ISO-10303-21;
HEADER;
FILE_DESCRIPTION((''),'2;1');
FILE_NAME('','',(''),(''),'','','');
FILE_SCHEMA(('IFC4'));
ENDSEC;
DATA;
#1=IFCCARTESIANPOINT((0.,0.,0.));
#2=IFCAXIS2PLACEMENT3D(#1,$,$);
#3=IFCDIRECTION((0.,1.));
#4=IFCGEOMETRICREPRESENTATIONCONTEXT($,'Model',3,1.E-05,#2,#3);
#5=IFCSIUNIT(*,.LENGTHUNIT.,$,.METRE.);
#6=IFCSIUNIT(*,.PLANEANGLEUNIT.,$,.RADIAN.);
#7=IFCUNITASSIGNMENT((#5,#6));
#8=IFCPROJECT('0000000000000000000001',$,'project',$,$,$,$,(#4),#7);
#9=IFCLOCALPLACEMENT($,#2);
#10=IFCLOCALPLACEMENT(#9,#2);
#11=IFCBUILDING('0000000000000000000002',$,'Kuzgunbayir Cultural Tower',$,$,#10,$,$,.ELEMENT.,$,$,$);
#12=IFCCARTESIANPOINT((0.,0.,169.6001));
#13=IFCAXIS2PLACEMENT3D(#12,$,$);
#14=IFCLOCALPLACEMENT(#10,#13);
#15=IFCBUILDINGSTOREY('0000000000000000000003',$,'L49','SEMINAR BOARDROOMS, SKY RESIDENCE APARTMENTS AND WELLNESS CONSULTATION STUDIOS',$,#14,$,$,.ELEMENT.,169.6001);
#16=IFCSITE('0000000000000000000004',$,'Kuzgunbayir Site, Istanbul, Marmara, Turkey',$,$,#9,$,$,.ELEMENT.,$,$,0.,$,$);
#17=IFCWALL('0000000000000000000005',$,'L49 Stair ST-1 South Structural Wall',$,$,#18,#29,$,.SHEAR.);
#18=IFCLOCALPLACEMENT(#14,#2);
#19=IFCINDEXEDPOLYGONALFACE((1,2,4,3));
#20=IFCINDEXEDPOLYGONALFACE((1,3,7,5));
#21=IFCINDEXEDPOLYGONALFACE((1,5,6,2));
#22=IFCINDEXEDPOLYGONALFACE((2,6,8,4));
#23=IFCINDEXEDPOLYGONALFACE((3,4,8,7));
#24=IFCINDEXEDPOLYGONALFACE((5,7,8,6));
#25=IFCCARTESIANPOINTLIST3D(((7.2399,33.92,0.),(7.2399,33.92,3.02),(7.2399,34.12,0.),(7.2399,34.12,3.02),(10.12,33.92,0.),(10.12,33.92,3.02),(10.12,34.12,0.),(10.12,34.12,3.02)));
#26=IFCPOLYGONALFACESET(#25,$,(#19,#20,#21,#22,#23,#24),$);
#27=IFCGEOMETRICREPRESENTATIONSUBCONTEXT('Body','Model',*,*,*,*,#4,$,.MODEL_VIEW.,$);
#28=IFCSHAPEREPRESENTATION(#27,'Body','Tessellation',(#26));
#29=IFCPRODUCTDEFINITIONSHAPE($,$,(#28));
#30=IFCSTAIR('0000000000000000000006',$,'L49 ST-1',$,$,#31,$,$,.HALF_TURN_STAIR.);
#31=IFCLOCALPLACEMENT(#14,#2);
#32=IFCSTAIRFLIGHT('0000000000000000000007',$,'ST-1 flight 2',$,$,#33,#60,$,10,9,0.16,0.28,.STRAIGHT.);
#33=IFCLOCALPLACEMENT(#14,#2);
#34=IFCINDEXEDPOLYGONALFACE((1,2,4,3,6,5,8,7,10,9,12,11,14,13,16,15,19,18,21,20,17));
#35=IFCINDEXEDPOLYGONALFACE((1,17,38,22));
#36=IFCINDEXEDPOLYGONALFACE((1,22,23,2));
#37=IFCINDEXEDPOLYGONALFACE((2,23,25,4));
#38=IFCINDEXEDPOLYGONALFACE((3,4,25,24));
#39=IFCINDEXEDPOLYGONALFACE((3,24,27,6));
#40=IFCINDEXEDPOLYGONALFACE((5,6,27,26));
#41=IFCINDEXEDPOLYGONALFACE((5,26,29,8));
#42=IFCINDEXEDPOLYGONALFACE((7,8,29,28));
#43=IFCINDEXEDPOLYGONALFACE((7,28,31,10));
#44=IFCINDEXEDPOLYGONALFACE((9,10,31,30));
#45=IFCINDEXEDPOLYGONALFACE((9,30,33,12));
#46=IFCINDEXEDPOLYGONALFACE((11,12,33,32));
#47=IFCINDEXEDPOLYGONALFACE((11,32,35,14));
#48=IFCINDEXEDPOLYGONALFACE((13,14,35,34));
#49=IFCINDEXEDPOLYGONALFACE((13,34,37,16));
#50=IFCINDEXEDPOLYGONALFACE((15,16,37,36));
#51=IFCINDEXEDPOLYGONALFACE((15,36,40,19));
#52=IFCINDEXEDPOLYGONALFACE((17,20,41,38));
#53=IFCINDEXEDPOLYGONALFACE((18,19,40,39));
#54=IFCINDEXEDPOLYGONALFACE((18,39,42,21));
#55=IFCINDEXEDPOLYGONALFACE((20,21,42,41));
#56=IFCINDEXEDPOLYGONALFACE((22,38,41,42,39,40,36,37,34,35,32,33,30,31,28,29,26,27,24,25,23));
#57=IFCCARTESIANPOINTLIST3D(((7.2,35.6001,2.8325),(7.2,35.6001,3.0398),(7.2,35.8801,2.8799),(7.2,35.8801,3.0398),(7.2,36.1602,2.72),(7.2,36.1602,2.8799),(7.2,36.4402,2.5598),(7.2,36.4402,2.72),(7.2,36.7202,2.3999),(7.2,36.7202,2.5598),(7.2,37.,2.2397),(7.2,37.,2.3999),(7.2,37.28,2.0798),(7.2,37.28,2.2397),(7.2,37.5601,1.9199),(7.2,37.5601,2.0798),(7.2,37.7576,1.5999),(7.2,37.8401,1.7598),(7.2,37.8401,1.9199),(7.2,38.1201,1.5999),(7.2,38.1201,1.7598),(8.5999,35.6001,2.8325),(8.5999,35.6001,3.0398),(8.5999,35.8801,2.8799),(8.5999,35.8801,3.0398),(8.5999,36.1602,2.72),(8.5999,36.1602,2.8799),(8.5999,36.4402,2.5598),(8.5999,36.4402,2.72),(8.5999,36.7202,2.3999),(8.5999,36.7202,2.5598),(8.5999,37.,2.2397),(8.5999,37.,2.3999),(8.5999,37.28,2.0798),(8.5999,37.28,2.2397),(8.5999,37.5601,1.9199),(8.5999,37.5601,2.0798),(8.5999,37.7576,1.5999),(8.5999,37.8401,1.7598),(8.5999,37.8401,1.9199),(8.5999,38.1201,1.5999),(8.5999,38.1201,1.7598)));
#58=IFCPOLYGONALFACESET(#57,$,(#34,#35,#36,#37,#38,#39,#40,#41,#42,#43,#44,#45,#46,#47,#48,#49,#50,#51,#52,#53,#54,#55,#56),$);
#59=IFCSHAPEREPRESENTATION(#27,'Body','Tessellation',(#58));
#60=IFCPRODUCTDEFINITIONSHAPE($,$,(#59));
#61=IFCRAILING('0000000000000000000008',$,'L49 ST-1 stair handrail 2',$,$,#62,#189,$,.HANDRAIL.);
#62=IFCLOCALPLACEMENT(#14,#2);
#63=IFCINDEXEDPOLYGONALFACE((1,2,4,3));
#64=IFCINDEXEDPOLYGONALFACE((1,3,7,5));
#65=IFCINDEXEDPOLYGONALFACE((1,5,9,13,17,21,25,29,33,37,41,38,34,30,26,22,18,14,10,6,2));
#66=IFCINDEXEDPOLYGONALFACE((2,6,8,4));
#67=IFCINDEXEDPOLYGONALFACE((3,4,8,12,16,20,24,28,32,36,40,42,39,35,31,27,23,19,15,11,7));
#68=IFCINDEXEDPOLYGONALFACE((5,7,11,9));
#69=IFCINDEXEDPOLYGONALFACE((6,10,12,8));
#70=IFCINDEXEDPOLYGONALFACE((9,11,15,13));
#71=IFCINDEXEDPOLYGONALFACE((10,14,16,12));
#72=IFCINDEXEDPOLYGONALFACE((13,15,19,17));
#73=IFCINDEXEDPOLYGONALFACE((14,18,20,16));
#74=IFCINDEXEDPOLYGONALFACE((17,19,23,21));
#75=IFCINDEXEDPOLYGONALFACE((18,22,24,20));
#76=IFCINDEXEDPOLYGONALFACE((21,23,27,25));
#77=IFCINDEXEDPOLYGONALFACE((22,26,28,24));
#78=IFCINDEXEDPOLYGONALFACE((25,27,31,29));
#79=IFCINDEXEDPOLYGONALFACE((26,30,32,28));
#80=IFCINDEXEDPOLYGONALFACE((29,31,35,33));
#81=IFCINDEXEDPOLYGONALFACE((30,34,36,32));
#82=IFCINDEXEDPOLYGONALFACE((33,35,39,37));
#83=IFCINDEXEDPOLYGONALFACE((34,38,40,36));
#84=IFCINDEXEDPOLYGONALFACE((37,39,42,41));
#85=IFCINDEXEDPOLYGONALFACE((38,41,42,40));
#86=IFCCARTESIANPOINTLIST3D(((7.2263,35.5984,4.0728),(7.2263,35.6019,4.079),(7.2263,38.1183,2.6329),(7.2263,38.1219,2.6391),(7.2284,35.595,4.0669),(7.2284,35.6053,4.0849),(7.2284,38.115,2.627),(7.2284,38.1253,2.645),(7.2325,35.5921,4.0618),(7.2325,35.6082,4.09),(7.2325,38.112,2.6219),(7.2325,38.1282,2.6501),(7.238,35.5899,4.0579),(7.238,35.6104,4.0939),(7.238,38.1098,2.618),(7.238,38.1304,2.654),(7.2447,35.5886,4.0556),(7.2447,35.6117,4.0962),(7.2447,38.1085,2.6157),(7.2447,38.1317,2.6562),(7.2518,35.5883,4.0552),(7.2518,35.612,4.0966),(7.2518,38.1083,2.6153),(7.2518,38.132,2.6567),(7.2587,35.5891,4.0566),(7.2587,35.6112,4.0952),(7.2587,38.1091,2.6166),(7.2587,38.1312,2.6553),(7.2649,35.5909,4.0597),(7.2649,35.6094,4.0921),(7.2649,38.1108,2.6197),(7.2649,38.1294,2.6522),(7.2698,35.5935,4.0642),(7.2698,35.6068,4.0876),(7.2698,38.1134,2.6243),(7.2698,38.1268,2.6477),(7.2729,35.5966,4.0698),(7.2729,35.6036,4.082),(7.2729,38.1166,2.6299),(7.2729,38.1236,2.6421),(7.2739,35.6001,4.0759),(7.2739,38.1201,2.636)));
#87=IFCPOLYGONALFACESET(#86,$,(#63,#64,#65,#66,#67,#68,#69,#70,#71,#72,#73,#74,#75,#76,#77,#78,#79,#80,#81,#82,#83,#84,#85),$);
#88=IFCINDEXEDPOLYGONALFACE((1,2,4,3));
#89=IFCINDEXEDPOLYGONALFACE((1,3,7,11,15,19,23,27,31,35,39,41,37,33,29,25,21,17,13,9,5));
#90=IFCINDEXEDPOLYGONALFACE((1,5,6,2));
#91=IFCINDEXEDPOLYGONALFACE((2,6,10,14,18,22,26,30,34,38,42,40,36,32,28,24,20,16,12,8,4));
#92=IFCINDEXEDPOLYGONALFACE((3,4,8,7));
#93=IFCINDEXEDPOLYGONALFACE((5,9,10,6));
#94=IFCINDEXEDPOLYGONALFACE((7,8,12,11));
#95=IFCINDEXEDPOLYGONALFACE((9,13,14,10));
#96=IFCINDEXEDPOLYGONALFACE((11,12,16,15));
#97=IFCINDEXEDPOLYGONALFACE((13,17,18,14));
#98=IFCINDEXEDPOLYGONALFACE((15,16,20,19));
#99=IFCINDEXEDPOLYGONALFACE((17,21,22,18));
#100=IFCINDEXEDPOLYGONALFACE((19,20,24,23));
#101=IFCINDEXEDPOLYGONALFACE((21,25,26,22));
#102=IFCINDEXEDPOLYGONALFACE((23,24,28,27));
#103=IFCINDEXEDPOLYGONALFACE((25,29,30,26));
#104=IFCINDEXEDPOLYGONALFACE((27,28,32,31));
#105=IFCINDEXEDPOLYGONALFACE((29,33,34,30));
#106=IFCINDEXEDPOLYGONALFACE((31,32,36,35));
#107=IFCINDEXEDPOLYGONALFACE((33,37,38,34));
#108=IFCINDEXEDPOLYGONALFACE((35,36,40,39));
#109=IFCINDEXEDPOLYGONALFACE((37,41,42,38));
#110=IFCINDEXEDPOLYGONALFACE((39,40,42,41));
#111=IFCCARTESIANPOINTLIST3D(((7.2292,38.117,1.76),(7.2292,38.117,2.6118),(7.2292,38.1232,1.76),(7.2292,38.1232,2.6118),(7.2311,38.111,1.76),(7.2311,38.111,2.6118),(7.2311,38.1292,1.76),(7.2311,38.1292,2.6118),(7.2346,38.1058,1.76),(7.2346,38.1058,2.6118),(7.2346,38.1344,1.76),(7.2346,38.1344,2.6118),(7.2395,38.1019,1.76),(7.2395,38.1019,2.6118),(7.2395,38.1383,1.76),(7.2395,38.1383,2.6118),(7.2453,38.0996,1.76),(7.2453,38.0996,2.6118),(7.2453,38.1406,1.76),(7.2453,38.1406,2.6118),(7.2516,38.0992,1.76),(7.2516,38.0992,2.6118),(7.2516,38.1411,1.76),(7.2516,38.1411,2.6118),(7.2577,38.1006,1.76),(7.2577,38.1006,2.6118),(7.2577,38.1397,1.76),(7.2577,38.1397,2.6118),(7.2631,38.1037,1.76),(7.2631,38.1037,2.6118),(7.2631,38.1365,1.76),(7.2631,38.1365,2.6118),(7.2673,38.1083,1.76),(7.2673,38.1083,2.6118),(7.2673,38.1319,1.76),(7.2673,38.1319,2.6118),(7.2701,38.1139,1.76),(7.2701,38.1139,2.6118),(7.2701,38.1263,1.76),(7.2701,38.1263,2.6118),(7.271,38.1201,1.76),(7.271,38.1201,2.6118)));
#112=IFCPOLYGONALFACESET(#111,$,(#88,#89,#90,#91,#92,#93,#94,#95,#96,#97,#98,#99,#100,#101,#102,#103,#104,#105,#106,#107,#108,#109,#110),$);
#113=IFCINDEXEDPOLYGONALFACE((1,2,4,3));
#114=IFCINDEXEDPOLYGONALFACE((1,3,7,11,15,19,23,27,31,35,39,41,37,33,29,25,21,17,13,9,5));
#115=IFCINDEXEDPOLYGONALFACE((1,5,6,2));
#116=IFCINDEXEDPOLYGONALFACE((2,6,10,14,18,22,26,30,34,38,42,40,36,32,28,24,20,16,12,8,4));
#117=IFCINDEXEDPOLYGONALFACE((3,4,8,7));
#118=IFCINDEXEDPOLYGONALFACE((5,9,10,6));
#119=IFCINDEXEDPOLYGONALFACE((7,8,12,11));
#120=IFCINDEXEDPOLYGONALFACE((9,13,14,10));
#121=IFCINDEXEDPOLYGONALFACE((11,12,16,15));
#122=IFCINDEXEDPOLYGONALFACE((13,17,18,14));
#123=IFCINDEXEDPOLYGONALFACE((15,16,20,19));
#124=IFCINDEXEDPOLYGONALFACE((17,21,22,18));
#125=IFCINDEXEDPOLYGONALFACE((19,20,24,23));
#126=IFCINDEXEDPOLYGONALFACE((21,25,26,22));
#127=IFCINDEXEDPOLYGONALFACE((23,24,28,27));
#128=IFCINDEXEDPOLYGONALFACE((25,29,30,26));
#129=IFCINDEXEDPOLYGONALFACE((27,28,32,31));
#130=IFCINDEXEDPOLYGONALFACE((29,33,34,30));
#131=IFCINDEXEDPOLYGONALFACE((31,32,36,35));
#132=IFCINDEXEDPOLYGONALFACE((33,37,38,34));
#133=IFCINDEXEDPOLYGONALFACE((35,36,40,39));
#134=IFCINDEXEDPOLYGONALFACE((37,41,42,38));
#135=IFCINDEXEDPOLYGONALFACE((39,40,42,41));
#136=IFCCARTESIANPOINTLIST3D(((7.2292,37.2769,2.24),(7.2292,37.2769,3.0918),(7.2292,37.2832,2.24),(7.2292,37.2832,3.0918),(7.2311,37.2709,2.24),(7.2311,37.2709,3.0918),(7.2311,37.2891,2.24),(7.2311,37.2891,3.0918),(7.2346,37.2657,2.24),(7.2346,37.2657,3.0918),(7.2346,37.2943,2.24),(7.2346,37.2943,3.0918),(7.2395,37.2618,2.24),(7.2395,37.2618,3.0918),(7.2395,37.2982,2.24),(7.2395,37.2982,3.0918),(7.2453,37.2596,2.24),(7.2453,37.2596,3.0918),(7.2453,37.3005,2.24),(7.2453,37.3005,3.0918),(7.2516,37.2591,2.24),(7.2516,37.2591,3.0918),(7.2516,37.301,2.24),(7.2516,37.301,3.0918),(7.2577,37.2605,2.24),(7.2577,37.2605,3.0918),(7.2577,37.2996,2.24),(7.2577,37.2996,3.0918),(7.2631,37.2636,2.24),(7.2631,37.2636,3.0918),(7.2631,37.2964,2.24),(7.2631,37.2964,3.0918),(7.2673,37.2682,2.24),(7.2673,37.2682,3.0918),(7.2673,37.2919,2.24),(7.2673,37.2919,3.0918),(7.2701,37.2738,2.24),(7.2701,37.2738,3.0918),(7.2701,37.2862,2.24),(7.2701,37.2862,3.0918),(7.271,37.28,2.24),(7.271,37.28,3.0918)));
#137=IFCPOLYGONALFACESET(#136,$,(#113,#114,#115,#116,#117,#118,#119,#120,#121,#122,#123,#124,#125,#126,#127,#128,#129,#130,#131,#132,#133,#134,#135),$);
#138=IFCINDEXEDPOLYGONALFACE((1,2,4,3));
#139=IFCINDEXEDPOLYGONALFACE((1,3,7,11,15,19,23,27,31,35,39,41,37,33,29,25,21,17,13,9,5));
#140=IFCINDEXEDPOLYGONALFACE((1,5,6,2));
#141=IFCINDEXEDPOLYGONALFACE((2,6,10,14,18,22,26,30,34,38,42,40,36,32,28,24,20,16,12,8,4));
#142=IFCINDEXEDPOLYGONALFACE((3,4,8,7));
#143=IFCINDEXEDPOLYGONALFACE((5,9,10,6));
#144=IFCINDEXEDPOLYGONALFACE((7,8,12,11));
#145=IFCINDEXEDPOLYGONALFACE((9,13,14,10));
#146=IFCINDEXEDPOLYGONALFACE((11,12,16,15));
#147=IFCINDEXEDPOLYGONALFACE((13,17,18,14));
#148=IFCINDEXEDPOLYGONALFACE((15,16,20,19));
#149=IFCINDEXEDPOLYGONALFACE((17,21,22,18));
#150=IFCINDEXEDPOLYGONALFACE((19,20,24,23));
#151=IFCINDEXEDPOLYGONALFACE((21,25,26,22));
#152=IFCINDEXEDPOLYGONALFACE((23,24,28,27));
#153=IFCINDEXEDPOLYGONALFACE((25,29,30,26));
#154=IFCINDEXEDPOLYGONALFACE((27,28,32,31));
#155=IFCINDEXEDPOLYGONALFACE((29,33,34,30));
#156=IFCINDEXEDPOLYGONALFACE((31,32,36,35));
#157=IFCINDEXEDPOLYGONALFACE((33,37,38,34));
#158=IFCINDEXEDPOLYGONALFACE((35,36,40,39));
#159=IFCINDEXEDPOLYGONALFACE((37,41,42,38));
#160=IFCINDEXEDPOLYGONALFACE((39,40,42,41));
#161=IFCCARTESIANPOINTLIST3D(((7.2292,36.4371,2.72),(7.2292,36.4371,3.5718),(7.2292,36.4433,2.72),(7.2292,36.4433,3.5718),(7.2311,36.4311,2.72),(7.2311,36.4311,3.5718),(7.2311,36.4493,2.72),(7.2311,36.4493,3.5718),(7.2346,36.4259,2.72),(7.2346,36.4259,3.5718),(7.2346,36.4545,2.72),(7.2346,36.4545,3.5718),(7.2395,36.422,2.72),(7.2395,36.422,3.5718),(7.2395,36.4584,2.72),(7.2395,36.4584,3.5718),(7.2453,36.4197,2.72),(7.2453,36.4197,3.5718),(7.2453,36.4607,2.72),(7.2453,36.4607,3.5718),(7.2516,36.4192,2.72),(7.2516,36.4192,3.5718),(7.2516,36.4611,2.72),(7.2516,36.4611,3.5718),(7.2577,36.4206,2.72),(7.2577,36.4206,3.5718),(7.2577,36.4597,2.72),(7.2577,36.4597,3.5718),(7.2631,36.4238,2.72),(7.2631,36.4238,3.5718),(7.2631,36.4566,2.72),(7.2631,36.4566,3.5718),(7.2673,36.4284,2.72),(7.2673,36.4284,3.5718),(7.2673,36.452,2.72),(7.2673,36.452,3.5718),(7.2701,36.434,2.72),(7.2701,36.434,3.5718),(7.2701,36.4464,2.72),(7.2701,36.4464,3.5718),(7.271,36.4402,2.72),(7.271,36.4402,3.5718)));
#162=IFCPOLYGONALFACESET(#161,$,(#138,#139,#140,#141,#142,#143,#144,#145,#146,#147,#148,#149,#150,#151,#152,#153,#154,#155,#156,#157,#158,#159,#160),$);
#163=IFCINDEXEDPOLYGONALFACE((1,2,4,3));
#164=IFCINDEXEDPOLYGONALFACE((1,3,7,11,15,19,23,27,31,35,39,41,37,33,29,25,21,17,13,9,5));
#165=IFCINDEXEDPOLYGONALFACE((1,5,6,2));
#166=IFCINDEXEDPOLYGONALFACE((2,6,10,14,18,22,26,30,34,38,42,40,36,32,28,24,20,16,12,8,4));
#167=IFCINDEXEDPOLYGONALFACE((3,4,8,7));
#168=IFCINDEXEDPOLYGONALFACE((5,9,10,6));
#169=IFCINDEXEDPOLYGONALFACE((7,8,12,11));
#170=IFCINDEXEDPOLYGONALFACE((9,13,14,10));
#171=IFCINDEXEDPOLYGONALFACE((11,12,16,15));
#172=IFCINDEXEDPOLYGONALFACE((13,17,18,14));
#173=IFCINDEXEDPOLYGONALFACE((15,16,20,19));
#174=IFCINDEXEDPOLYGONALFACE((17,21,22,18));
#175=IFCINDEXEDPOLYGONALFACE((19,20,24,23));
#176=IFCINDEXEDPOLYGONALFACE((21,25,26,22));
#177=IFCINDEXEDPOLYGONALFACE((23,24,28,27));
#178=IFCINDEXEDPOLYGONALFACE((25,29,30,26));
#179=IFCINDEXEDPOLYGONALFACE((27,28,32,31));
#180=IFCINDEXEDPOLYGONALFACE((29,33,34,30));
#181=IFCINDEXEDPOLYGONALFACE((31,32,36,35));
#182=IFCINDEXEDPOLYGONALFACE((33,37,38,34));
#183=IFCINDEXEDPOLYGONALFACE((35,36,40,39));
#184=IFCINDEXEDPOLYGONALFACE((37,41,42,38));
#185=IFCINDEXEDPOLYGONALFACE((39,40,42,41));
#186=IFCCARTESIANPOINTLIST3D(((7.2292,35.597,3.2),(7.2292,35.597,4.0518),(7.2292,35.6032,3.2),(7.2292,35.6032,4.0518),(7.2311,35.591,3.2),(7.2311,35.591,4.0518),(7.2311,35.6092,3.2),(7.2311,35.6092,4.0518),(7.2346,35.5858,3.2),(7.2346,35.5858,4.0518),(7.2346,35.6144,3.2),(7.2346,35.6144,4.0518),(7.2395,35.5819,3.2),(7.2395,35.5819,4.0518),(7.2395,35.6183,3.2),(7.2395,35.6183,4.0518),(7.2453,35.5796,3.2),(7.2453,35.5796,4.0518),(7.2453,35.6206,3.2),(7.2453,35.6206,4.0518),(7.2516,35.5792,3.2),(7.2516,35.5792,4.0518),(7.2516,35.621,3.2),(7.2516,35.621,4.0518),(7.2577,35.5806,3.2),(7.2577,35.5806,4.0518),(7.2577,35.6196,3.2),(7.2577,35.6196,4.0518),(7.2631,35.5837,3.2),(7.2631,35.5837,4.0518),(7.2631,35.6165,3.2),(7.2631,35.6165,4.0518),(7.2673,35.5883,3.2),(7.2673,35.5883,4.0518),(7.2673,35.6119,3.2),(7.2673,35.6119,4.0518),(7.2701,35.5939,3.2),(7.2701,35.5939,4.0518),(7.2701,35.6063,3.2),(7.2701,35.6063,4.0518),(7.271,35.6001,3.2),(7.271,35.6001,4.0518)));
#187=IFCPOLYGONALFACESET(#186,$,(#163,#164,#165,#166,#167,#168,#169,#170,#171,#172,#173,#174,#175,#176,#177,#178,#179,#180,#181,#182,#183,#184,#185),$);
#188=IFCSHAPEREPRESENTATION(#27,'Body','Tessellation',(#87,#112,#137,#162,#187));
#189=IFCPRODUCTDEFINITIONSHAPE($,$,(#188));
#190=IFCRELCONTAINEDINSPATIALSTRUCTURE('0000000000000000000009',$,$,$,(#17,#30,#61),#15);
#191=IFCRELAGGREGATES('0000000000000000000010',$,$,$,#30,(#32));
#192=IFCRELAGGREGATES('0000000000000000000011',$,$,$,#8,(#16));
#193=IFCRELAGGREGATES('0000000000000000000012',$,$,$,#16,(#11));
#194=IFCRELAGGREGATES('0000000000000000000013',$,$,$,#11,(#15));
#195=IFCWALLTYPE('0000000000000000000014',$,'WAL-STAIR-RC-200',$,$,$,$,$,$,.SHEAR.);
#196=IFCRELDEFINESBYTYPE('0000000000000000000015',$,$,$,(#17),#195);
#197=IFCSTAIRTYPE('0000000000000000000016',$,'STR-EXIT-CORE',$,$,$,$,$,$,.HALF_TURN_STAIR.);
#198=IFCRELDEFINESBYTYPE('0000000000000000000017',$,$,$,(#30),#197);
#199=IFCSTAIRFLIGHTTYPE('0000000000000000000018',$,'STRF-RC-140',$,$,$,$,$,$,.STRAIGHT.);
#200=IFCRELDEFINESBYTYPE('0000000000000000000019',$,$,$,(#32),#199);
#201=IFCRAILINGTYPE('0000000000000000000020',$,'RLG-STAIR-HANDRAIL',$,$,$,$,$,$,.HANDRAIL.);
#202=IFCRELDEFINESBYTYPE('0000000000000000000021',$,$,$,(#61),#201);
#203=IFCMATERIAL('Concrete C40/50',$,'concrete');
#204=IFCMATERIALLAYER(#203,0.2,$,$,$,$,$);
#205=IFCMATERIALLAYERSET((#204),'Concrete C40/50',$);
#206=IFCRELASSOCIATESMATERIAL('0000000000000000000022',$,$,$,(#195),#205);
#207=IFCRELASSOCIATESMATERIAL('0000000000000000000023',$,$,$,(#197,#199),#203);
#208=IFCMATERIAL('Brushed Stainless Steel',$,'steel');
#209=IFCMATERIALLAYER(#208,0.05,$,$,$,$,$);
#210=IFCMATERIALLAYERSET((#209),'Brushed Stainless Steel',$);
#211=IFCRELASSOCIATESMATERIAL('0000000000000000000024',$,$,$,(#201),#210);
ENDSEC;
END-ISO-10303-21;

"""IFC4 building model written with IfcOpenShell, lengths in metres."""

from ifc_helpers import new_model, si_unit, direction, frame, frame_2d, origin, origin_2d, place, context, subcontext, project, spatial, polyline, rectangle, circle, outline, extrude, material, layer, layer_set, type_object, element, aggregate, save


model = new_model("IFC4")

# Units and contexts
model_context = context("Model", 3, precision=1e-05, world=origin(), true_north=direction((0.0, 1.0)))
body_context = subcontext(model_context, "Body", "Model", "MODEL_VIEW")
ifc_project = project(units=[si_unit("LENGTHUNIT", "METRE"), si_unit("PLANEANGLEUNIT", "RADIAN")], contexts=[model_context])

# Site, building, storey
site_placement = place(None, origin())
site = spatial("IfcSite", under=ifc_project, at=site_placement, Name="Kuzgunbayir Site, Istanbul, Marmara, Turkey", CompositionType="ELEMENT", RefElevation=0.0)
building_placement = place(site_placement, origin())
building = spatial("IfcBuilding", under=site, at=building_placement, Name="Kuzgunbayir Cultural Tower", CompositionType="ELEMENT")
storey_placement = place(building_placement, frame((0.0, 0.0, 169.6001)))
storey = spatial("IfcBuildingStorey", under=building, at=storey_placement, Name="L49", Description="SEMINAR BOARDROOMS, SKY RESIDENCE APARTMENTS AND WELLNESS CONSULTATION STUDIOS", CompositionType="ELEMENT", Elevation=169.6001)

# Shared definitions
ifc_material_1 = material(Name="Concrete C40/50", Category="concrete")
ifc_material_2 = material(Name="Brushed Stainless Steel", Category="steel")

# Wall
ifc_layer_1 = layer(ifc_material_1, 0.2)
ifc_layer_set_1 = layer_set([ifc_layer_1], Name="Concrete C40/50")
wall_type_1 = type_object("IfcWallType", Name="WAL-STAIR-RC-200", PredefinedType="SHEAR", material=ifc_layer_set_1)
wall_1_placement = place(storey_placement, frame((7.24, 34.02, 0.0), z_axis=(0.0, 0.0, 1.0), x_axis=(1.0, 0.0, 0.0)))
element("IfcWall", 1, at=wall_1_placement, inside=storey, type_object=wall_type_1, Name="L49 Stair ST-1 South Structural Wall", PredefinedType="SHEAR", context=body_context, shape_type="SweptSolid", body=[
    extrude(rectangle(XDim=2.8801, YDim=0.2, at=frame_2d((1.4399, 0.0))), origin(), (0.0, 0.0, 1.0), 3.02),
])

# Stair, stair flight
stair_type = type_object("IfcStairType", Name="STR-EXIT-CORE", PredefinedType="HALF_TURN_STAIR", material=ifc_material_1)
stair_placement = place(storey_placement, origin())
stair = element("IfcStair", 2, at=stair_placement, inside=storey, type_object=stair_type, Name="L49 ST-1", PredefinedType="HALF_TURN_STAIR")
stair_flight_type = type_object("IfcStairFlightType", Name="STRF-RC-140", PredefinedType="STRAIGHT", material=ifc_material_1)
stair_flight_placement = place(storey_placement, frame((7.8999, 38.1201, 1.5999), z_axis=(0.0, 0.0, 1.0), x_axis=(0.0, -1.0, 0.0)))
stair_flight = element("IfcStairFlight", 3, at=stair_flight_placement, type_object=stair_flight_type, Name="ST-1 flight 2", NumberOfRisers=10, NumberOfTreads=9, PredefinedType="STRAIGHT", RiserHeight=0.16, TreadLength=0.28, context=body_context, shape_type="SweptSolid", body=[
    extrude(outline(polyline([(0.0, 0.0), (0.0, 0.1599), (0.28, 0.1599), (0.28, 0.3201), (0.5601, 0.3201), (0.5601, 0.48), (0.8401, 0.48), (0.8401, 0.6399), (1.1201, 0.6399), (1.1201, 0.8), (1.3999, 0.8), (1.3999, 0.96), (1.6799, 0.96), (1.6799, 1.1201), (1.96, 1.1201), (1.96, 1.28), (2.24, 1.28), (2.24, 1.4399), (2.52, 1.4399), (2.52, 1.6001), (2.52, 1.2327), (0.3625, 0.0), (0.0, 0.0)])), frame((0.0, 0.7, 0.0), z_axis=(0.0, -1.0, 0.0), x_axis=(1.0, 0.0, 0.0)), (0.0, 0.0, 1.0), 1.3999),
])
aggregate(stair, [stair_flight])

# Railing
ifc_layer_2 = layer(ifc_material_2, 0.05)
ifc_layer_set_2 = layer_set([ifc_layer_2], Name="Brushed Stainless Steel")
railing_type_1 = type_object("IfcRailingType", Name="RLG-STAIR-HANDRAIL", PredefinedType="HANDRAIL", material=ifc_layer_set_2)
railing_1_placement = place(storey_placement, frame((7.25, 38.1201, 1.76)))
element("IfcRailing", 4, at=railing_1_placement, inside=storey, type_object=railing_type_1, Name="L49 ST-1 stair handrail 2", PredefinedType="HANDRAIL", context=body_context, shape_type="SweptSolid", body=[
    extrude(circle(Radius=0.0239, at=origin_2d()), frame((0.0, 0.0, 0.876), z_axis=(0.0, -0.868253, 0.496121), x_axis=(1.0, 0.0, 0.0)), (0.0, 0.0, 1.0), 2.9023),
    extrude(circle(Radius=0.021, at=origin_2d()), origin(), (0.0, 0.0, 1.0), 0.8518),
    extrude(circle(Radius=0.021, at=origin_2d()), frame((0.0, -0.8401, 0.48)), (0.0, 0.0, 1.0), 0.8518),
    extrude(circle(Radius=0.021, at=origin_2d()), frame((0.0, -1.6799, 0.96)), (0.0, 0.0, 1.0), 0.8518),
    extrude(circle(Radius=0.021, at=origin_2d()), frame((0.0, -2.52, 1.4399)), (0.0, 0.0, 1.0), 0.8518),
])

save(model, "model.ifc")
